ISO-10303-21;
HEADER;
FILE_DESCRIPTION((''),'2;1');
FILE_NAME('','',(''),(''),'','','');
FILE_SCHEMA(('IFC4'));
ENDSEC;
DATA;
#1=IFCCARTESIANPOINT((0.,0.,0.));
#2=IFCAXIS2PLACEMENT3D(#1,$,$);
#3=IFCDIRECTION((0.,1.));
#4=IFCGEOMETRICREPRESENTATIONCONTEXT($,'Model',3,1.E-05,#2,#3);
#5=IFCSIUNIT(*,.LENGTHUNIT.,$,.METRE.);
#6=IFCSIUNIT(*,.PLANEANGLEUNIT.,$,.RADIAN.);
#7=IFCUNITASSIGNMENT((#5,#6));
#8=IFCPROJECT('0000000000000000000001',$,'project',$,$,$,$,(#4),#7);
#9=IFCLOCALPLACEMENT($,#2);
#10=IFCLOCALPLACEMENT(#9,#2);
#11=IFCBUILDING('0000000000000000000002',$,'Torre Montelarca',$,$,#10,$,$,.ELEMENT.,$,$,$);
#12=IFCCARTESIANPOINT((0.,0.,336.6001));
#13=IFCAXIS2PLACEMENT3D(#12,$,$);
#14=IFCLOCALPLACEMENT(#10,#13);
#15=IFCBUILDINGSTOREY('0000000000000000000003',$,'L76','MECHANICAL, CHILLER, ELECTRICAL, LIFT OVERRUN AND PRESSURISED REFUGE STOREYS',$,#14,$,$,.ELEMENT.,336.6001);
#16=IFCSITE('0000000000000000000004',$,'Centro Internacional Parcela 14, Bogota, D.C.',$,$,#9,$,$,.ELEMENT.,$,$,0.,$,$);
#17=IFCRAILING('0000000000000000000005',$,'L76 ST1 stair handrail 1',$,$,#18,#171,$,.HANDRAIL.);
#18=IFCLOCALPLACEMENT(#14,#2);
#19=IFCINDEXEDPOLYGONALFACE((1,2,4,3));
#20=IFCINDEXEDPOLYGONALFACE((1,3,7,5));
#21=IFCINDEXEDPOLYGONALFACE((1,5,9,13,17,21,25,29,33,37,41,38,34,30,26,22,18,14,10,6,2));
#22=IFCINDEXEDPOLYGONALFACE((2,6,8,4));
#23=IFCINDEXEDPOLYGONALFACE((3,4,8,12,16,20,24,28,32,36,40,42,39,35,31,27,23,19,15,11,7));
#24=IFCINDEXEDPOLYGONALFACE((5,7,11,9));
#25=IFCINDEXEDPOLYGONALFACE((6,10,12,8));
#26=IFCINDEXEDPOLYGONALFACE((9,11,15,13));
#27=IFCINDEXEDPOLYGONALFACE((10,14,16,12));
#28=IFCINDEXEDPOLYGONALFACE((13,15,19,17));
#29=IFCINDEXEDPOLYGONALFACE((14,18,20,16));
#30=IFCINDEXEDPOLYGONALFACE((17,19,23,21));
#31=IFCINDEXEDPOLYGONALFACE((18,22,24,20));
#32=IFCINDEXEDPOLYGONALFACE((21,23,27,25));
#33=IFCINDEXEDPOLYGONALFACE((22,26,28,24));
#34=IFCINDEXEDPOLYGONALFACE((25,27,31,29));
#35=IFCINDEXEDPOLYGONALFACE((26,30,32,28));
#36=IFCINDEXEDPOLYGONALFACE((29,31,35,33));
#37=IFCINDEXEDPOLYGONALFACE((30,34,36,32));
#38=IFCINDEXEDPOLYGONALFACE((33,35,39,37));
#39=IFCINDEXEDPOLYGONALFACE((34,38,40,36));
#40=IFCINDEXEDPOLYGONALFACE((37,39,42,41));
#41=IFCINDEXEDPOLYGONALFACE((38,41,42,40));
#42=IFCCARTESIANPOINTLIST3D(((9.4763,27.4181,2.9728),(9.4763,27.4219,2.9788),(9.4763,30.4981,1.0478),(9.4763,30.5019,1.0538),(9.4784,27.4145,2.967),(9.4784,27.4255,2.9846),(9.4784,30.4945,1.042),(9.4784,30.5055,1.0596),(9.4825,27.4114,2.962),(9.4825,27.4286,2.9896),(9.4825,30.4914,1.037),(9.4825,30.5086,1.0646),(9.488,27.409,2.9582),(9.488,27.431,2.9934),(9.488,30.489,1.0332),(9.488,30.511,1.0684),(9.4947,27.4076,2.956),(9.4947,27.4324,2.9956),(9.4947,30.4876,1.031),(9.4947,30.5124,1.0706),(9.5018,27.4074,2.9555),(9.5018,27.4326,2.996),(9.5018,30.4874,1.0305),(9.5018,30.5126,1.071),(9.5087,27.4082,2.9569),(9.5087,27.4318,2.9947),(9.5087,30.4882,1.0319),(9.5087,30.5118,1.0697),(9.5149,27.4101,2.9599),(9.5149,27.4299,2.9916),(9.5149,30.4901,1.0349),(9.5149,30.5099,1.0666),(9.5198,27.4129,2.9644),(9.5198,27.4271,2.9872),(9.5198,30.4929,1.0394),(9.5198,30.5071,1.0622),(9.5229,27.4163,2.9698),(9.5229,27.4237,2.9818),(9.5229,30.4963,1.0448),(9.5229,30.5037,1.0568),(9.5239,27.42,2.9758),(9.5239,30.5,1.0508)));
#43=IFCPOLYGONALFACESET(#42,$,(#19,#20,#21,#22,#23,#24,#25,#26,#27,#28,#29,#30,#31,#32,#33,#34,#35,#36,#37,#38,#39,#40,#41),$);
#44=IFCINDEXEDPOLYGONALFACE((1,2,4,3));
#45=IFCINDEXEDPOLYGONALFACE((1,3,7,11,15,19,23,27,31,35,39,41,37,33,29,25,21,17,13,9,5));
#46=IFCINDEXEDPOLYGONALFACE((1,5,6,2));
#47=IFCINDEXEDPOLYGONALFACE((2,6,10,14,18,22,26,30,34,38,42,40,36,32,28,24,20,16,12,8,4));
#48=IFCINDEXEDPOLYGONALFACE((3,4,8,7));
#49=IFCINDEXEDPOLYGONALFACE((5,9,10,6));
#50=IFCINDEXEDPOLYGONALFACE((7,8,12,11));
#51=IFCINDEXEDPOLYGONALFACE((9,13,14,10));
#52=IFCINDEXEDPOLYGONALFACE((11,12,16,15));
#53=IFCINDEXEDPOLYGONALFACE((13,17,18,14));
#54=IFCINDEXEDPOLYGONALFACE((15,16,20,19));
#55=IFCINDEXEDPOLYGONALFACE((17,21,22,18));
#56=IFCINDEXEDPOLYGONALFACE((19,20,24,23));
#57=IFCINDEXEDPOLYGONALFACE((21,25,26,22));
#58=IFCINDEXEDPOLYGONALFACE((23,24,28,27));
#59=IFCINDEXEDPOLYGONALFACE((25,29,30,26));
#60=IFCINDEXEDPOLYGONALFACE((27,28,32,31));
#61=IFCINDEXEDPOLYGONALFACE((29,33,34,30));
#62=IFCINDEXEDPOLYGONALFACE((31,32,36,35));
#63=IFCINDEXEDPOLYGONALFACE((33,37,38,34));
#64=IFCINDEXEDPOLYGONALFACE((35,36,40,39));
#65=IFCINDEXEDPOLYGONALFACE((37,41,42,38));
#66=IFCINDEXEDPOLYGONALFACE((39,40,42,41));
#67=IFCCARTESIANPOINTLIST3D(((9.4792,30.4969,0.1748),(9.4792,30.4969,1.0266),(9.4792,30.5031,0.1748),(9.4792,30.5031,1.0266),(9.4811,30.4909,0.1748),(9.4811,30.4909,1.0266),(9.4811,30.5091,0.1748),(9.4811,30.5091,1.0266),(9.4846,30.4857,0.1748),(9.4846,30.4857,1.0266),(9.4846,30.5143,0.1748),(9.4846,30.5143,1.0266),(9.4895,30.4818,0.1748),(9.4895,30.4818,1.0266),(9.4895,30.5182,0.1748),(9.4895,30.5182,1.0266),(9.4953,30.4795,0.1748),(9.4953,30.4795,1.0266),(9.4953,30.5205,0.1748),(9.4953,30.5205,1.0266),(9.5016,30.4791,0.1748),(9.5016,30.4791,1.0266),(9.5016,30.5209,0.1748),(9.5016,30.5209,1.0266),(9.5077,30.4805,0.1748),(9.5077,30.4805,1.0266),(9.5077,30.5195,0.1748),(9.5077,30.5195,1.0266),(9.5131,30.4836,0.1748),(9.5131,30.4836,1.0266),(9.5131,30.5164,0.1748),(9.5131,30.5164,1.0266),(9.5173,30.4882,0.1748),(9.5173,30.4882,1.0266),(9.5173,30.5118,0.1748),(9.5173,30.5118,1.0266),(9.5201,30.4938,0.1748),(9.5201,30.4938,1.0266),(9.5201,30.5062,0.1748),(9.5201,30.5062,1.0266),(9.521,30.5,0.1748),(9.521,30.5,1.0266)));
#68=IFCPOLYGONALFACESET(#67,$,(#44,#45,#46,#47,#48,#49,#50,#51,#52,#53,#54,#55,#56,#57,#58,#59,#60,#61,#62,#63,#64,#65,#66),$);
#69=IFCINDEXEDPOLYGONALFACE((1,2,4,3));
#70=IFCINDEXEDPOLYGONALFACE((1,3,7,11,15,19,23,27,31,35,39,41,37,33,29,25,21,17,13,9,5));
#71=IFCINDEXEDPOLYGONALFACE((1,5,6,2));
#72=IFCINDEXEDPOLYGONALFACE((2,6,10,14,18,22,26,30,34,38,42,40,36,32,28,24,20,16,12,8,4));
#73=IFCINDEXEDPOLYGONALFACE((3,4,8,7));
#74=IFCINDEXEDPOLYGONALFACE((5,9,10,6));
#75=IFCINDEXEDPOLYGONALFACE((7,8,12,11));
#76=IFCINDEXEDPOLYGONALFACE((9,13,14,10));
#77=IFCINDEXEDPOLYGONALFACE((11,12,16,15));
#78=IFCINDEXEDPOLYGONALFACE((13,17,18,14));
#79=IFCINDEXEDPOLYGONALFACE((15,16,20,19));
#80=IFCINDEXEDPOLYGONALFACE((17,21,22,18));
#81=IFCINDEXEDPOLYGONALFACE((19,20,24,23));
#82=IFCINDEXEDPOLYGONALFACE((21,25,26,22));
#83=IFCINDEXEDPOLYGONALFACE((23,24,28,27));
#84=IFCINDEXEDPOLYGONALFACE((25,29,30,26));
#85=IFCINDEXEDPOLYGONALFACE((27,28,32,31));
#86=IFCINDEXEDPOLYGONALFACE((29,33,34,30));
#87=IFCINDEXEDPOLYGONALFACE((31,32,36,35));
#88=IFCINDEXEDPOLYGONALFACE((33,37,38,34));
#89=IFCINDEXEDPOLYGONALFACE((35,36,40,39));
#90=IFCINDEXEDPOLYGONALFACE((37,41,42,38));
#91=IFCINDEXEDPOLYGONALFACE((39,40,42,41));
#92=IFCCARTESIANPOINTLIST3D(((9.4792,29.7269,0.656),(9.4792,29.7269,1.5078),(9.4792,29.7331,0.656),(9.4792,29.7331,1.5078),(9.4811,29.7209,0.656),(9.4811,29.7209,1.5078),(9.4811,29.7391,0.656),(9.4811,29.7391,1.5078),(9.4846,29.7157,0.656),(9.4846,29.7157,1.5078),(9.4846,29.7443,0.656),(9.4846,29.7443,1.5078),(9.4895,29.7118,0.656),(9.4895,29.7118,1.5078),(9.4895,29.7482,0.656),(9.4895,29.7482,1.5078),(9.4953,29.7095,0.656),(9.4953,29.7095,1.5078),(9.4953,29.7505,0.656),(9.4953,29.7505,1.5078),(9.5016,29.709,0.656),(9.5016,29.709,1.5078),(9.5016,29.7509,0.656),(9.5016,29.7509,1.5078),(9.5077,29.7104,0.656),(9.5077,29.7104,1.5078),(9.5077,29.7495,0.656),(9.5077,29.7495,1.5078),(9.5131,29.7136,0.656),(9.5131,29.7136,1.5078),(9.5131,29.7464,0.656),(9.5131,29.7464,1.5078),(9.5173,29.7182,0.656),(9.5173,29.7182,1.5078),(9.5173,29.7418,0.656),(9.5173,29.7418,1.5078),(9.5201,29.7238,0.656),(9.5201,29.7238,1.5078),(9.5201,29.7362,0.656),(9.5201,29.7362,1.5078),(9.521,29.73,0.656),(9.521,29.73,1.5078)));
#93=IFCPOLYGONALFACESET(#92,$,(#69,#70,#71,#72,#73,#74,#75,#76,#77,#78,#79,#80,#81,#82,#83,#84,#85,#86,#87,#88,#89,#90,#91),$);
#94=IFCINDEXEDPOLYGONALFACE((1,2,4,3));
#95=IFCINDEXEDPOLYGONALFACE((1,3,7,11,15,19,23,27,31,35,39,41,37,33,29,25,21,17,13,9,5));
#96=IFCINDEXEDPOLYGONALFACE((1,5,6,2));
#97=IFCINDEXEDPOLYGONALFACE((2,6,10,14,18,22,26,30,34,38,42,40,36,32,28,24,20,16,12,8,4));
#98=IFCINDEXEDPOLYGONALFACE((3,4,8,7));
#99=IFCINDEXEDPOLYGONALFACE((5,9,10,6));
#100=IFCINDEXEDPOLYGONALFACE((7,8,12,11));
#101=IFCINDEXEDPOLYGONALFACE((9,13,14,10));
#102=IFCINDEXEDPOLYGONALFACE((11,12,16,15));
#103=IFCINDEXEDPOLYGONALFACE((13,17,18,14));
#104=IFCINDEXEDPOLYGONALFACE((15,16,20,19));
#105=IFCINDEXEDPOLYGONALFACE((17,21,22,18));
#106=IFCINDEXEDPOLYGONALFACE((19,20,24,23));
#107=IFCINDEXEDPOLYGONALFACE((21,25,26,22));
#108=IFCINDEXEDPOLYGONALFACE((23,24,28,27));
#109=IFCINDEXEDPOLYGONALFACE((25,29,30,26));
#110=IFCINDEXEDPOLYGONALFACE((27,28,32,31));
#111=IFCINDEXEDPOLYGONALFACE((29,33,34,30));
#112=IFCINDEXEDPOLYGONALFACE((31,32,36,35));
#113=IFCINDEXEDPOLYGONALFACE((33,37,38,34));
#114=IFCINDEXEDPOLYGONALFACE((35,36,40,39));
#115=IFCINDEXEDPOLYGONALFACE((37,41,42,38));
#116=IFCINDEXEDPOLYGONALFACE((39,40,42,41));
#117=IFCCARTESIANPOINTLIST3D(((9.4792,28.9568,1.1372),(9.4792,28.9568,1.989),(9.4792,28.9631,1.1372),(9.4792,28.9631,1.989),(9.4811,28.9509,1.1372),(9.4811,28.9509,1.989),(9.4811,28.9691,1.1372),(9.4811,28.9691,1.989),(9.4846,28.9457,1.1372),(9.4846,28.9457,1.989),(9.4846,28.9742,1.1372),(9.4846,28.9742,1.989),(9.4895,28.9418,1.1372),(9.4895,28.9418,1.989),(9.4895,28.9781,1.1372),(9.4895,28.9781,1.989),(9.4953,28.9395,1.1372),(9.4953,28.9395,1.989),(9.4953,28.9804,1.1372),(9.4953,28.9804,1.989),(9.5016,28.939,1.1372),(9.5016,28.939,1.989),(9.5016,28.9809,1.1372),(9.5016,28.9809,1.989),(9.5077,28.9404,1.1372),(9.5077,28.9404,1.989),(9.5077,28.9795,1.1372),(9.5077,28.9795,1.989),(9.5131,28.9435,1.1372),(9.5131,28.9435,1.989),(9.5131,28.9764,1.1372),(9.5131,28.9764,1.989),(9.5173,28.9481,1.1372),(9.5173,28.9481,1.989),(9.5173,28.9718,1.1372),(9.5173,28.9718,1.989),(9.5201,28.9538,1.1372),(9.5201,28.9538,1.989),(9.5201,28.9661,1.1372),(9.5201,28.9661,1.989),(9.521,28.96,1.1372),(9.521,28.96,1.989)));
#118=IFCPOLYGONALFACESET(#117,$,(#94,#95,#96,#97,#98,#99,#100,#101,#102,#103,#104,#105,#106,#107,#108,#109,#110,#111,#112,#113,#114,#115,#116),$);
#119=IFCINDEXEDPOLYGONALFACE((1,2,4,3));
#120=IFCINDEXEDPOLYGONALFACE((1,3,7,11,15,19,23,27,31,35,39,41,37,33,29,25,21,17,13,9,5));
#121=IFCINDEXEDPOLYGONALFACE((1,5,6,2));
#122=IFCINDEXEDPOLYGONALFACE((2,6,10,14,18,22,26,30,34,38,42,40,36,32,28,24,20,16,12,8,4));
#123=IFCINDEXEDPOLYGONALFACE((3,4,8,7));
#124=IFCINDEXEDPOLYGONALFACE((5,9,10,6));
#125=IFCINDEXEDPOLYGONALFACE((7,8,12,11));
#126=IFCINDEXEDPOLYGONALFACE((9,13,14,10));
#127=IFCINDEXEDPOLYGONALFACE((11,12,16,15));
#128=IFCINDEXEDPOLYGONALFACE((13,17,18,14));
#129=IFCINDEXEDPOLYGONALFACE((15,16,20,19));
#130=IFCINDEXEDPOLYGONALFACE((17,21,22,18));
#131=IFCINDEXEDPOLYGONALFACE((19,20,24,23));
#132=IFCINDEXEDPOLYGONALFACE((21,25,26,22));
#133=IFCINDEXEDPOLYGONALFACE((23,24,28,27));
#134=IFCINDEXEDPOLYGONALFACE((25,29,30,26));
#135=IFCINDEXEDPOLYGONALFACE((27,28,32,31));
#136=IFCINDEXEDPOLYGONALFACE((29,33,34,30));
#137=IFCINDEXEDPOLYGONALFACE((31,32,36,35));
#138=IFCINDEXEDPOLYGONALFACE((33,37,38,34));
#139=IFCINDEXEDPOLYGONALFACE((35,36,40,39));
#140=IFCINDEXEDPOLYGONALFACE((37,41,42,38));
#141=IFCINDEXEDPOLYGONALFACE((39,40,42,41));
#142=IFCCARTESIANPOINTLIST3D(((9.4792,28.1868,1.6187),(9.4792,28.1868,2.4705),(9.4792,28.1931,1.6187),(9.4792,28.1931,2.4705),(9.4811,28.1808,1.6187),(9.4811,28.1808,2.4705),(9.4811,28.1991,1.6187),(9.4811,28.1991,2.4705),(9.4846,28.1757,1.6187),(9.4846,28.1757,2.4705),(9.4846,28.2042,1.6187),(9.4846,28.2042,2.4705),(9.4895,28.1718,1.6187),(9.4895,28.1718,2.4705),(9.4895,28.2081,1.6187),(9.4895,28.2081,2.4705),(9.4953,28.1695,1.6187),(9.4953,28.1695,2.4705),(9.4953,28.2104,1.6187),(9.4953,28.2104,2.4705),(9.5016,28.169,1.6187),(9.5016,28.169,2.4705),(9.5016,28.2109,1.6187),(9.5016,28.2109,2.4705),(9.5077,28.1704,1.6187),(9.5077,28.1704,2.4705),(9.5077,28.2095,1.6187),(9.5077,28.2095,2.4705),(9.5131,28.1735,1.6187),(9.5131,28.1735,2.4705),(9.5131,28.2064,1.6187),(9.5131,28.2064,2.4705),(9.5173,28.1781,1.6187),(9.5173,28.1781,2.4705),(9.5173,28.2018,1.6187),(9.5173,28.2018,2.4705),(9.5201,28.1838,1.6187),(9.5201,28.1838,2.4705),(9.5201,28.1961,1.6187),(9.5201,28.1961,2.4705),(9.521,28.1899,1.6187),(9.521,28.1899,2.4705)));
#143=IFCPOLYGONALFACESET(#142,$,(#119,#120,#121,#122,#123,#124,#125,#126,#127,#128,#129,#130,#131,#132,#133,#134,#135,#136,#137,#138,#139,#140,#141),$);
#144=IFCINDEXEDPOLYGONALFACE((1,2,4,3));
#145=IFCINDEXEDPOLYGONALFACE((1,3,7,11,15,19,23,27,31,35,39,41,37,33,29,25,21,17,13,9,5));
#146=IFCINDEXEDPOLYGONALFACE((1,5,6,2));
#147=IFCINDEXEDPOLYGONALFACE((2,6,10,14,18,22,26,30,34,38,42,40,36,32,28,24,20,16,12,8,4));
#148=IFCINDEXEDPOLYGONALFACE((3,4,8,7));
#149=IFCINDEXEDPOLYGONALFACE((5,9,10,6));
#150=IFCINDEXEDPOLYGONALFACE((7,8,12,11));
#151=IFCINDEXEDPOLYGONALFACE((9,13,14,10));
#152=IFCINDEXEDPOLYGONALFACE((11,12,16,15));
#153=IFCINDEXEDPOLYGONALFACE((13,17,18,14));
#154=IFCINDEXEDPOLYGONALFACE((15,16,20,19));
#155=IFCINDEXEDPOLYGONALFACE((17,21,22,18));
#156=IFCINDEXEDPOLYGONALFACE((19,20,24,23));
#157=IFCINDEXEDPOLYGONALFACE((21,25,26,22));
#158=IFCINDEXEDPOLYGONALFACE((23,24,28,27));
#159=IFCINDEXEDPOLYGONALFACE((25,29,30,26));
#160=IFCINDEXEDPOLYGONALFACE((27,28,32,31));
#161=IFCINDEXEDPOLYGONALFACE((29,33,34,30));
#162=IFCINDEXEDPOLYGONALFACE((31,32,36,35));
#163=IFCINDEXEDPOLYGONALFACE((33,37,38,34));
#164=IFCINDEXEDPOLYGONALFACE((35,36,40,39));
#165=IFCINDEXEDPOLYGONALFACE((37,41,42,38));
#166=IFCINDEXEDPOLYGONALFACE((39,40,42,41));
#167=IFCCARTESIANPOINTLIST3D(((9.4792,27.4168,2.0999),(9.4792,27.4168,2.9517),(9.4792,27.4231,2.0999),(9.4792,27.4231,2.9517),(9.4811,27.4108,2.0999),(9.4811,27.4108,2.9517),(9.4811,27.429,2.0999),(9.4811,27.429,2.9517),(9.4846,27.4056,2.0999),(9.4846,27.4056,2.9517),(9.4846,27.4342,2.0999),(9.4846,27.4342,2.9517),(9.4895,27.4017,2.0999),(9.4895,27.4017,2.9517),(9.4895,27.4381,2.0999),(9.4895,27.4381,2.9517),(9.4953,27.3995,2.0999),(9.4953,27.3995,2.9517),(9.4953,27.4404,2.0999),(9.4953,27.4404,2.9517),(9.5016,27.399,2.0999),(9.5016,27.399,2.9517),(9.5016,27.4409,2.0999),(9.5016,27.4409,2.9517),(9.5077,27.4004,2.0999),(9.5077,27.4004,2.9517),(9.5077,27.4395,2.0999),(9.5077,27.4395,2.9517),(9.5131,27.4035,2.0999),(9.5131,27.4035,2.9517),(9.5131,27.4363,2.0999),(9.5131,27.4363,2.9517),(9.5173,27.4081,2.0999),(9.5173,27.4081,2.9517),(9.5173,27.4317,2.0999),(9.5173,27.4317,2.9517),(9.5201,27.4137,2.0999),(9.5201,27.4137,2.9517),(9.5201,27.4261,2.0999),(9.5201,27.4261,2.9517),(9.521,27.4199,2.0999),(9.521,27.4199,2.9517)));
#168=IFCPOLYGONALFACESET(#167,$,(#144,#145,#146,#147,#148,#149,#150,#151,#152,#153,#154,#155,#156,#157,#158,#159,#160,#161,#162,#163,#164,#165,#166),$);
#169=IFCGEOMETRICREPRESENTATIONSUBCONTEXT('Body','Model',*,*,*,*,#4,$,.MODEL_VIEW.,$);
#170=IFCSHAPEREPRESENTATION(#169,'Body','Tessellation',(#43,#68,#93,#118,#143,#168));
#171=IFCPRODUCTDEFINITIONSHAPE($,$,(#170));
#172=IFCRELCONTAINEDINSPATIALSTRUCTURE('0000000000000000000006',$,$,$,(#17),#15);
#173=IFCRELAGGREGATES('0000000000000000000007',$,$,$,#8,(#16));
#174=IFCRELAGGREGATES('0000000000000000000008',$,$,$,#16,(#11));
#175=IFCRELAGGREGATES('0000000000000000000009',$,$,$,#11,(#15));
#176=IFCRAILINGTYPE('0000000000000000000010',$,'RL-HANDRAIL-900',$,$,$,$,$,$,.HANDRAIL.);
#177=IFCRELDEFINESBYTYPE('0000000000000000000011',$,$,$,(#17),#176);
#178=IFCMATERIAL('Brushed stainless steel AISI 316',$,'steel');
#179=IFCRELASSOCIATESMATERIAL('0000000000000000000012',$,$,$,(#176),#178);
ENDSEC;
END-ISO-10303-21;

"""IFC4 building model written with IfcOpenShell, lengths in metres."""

from ifc_helpers import new_model, si_unit, direction, frame, origin, origin_2d, place, context, subcontext, project, spatial, circle, extrude, material, type_object, element, save


model = new_model("IFC4")

# Units and contexts
model_context = context("Model", 3, precision=1e-05, world=origin(), true_north=direction((0.0, 1.0)))
body_context = subcontext(model_context, "Body", "Model", "MODEL_VIEW")
ifc_project = project(units=[si_unit("LENGTHUNIT", "METRE"), si_unit("PLANEANGLEUNIT", "RADIAN")], contexts=[model_context])

# Site, building, storey
site_placement = place(None, origin())
site = spatial("IfcSite", under=ifc_project, at=site_placement, Name="Centro Internacional Parcela 14, Bogota, D.C.", CompositionType="ELEMENT", RefElevation=0.0)
building_placement = place(site_placement, origin())
building = spatial("IfcBuilding", under=site, at=building_placement, Name="Torre Montelarca", CompositionType="ELEMENT")
storey_placement = place(building_placement, frame((0.0, 0.0, 336.6001)))
storey = spatial("IfcBuildingStorey", under=building, at=storey_placement, Name="L76", Description="MECHANICAL, CHILLER, ELECTRICAL, LIFT OVERRUN AND PRESSURISED REFUGE STOREYS", CompositionType="ELEMENT", Elevation=336.6001)

# Railing
ifc_material_1 = material(Name="Brushed stainless steel AISI 316", Category="steel")
railing_type_1 = type_object("IfcRailingType", Name="RL-HANDRAIL-900", PredefinedType="HANDRAIL", material=ifc_material_1)
railing_1_placement = place(storey_placement, frame((9.5, 30.5, 0.1748)))
element("IfcRailing", 1, at=railing_1_placement, inside=storey, type_object=railing_type_1, Name="L76 ST1 stair handrail 1", PredefinedType="HANDRAIL", context=body_context, shape_type="SweptSolid", body=[
    extrude(circle(Radius=0.0239, at=origin_2d()), frame((0.0, 0.0, 0.876), z_axis=(0.0, -0.847998, 0.529999), x_axis=(1.0, 0.0, 0.0)), (0.0, 0.0, 1.0), 3.6321),
    extrude(circle(Radius=0.021, at=origin_2d()), origin(), (0.0, 0.0, 1.0), 0.8518),
    extrude(circle(Radius=0.021, at=origin_2d()), frame((0.0, -0.77, 0.4812)), (0.0, 0.0, 1.0), 0.8518),
    extrude(circle(Radius=0.021, at=origin_2d()), frame((0.0, -1.54, 0.9624)), (0.0, 0.0, 1.0), 0.8518),
    extrude(circle(Radius=0.021, at=origin_2d()), frame((0.0, -2.3101, 1.4438)), (0.0, 0.0, 1.0), 0.8518),
    extrude(circle(Radius=0.021, at=origin_2d()), frame((0.0, -3.0801, 1.925)), (0.0, 0.0, 1.0), 0.8518),
])

save(model, "model.ifc")
